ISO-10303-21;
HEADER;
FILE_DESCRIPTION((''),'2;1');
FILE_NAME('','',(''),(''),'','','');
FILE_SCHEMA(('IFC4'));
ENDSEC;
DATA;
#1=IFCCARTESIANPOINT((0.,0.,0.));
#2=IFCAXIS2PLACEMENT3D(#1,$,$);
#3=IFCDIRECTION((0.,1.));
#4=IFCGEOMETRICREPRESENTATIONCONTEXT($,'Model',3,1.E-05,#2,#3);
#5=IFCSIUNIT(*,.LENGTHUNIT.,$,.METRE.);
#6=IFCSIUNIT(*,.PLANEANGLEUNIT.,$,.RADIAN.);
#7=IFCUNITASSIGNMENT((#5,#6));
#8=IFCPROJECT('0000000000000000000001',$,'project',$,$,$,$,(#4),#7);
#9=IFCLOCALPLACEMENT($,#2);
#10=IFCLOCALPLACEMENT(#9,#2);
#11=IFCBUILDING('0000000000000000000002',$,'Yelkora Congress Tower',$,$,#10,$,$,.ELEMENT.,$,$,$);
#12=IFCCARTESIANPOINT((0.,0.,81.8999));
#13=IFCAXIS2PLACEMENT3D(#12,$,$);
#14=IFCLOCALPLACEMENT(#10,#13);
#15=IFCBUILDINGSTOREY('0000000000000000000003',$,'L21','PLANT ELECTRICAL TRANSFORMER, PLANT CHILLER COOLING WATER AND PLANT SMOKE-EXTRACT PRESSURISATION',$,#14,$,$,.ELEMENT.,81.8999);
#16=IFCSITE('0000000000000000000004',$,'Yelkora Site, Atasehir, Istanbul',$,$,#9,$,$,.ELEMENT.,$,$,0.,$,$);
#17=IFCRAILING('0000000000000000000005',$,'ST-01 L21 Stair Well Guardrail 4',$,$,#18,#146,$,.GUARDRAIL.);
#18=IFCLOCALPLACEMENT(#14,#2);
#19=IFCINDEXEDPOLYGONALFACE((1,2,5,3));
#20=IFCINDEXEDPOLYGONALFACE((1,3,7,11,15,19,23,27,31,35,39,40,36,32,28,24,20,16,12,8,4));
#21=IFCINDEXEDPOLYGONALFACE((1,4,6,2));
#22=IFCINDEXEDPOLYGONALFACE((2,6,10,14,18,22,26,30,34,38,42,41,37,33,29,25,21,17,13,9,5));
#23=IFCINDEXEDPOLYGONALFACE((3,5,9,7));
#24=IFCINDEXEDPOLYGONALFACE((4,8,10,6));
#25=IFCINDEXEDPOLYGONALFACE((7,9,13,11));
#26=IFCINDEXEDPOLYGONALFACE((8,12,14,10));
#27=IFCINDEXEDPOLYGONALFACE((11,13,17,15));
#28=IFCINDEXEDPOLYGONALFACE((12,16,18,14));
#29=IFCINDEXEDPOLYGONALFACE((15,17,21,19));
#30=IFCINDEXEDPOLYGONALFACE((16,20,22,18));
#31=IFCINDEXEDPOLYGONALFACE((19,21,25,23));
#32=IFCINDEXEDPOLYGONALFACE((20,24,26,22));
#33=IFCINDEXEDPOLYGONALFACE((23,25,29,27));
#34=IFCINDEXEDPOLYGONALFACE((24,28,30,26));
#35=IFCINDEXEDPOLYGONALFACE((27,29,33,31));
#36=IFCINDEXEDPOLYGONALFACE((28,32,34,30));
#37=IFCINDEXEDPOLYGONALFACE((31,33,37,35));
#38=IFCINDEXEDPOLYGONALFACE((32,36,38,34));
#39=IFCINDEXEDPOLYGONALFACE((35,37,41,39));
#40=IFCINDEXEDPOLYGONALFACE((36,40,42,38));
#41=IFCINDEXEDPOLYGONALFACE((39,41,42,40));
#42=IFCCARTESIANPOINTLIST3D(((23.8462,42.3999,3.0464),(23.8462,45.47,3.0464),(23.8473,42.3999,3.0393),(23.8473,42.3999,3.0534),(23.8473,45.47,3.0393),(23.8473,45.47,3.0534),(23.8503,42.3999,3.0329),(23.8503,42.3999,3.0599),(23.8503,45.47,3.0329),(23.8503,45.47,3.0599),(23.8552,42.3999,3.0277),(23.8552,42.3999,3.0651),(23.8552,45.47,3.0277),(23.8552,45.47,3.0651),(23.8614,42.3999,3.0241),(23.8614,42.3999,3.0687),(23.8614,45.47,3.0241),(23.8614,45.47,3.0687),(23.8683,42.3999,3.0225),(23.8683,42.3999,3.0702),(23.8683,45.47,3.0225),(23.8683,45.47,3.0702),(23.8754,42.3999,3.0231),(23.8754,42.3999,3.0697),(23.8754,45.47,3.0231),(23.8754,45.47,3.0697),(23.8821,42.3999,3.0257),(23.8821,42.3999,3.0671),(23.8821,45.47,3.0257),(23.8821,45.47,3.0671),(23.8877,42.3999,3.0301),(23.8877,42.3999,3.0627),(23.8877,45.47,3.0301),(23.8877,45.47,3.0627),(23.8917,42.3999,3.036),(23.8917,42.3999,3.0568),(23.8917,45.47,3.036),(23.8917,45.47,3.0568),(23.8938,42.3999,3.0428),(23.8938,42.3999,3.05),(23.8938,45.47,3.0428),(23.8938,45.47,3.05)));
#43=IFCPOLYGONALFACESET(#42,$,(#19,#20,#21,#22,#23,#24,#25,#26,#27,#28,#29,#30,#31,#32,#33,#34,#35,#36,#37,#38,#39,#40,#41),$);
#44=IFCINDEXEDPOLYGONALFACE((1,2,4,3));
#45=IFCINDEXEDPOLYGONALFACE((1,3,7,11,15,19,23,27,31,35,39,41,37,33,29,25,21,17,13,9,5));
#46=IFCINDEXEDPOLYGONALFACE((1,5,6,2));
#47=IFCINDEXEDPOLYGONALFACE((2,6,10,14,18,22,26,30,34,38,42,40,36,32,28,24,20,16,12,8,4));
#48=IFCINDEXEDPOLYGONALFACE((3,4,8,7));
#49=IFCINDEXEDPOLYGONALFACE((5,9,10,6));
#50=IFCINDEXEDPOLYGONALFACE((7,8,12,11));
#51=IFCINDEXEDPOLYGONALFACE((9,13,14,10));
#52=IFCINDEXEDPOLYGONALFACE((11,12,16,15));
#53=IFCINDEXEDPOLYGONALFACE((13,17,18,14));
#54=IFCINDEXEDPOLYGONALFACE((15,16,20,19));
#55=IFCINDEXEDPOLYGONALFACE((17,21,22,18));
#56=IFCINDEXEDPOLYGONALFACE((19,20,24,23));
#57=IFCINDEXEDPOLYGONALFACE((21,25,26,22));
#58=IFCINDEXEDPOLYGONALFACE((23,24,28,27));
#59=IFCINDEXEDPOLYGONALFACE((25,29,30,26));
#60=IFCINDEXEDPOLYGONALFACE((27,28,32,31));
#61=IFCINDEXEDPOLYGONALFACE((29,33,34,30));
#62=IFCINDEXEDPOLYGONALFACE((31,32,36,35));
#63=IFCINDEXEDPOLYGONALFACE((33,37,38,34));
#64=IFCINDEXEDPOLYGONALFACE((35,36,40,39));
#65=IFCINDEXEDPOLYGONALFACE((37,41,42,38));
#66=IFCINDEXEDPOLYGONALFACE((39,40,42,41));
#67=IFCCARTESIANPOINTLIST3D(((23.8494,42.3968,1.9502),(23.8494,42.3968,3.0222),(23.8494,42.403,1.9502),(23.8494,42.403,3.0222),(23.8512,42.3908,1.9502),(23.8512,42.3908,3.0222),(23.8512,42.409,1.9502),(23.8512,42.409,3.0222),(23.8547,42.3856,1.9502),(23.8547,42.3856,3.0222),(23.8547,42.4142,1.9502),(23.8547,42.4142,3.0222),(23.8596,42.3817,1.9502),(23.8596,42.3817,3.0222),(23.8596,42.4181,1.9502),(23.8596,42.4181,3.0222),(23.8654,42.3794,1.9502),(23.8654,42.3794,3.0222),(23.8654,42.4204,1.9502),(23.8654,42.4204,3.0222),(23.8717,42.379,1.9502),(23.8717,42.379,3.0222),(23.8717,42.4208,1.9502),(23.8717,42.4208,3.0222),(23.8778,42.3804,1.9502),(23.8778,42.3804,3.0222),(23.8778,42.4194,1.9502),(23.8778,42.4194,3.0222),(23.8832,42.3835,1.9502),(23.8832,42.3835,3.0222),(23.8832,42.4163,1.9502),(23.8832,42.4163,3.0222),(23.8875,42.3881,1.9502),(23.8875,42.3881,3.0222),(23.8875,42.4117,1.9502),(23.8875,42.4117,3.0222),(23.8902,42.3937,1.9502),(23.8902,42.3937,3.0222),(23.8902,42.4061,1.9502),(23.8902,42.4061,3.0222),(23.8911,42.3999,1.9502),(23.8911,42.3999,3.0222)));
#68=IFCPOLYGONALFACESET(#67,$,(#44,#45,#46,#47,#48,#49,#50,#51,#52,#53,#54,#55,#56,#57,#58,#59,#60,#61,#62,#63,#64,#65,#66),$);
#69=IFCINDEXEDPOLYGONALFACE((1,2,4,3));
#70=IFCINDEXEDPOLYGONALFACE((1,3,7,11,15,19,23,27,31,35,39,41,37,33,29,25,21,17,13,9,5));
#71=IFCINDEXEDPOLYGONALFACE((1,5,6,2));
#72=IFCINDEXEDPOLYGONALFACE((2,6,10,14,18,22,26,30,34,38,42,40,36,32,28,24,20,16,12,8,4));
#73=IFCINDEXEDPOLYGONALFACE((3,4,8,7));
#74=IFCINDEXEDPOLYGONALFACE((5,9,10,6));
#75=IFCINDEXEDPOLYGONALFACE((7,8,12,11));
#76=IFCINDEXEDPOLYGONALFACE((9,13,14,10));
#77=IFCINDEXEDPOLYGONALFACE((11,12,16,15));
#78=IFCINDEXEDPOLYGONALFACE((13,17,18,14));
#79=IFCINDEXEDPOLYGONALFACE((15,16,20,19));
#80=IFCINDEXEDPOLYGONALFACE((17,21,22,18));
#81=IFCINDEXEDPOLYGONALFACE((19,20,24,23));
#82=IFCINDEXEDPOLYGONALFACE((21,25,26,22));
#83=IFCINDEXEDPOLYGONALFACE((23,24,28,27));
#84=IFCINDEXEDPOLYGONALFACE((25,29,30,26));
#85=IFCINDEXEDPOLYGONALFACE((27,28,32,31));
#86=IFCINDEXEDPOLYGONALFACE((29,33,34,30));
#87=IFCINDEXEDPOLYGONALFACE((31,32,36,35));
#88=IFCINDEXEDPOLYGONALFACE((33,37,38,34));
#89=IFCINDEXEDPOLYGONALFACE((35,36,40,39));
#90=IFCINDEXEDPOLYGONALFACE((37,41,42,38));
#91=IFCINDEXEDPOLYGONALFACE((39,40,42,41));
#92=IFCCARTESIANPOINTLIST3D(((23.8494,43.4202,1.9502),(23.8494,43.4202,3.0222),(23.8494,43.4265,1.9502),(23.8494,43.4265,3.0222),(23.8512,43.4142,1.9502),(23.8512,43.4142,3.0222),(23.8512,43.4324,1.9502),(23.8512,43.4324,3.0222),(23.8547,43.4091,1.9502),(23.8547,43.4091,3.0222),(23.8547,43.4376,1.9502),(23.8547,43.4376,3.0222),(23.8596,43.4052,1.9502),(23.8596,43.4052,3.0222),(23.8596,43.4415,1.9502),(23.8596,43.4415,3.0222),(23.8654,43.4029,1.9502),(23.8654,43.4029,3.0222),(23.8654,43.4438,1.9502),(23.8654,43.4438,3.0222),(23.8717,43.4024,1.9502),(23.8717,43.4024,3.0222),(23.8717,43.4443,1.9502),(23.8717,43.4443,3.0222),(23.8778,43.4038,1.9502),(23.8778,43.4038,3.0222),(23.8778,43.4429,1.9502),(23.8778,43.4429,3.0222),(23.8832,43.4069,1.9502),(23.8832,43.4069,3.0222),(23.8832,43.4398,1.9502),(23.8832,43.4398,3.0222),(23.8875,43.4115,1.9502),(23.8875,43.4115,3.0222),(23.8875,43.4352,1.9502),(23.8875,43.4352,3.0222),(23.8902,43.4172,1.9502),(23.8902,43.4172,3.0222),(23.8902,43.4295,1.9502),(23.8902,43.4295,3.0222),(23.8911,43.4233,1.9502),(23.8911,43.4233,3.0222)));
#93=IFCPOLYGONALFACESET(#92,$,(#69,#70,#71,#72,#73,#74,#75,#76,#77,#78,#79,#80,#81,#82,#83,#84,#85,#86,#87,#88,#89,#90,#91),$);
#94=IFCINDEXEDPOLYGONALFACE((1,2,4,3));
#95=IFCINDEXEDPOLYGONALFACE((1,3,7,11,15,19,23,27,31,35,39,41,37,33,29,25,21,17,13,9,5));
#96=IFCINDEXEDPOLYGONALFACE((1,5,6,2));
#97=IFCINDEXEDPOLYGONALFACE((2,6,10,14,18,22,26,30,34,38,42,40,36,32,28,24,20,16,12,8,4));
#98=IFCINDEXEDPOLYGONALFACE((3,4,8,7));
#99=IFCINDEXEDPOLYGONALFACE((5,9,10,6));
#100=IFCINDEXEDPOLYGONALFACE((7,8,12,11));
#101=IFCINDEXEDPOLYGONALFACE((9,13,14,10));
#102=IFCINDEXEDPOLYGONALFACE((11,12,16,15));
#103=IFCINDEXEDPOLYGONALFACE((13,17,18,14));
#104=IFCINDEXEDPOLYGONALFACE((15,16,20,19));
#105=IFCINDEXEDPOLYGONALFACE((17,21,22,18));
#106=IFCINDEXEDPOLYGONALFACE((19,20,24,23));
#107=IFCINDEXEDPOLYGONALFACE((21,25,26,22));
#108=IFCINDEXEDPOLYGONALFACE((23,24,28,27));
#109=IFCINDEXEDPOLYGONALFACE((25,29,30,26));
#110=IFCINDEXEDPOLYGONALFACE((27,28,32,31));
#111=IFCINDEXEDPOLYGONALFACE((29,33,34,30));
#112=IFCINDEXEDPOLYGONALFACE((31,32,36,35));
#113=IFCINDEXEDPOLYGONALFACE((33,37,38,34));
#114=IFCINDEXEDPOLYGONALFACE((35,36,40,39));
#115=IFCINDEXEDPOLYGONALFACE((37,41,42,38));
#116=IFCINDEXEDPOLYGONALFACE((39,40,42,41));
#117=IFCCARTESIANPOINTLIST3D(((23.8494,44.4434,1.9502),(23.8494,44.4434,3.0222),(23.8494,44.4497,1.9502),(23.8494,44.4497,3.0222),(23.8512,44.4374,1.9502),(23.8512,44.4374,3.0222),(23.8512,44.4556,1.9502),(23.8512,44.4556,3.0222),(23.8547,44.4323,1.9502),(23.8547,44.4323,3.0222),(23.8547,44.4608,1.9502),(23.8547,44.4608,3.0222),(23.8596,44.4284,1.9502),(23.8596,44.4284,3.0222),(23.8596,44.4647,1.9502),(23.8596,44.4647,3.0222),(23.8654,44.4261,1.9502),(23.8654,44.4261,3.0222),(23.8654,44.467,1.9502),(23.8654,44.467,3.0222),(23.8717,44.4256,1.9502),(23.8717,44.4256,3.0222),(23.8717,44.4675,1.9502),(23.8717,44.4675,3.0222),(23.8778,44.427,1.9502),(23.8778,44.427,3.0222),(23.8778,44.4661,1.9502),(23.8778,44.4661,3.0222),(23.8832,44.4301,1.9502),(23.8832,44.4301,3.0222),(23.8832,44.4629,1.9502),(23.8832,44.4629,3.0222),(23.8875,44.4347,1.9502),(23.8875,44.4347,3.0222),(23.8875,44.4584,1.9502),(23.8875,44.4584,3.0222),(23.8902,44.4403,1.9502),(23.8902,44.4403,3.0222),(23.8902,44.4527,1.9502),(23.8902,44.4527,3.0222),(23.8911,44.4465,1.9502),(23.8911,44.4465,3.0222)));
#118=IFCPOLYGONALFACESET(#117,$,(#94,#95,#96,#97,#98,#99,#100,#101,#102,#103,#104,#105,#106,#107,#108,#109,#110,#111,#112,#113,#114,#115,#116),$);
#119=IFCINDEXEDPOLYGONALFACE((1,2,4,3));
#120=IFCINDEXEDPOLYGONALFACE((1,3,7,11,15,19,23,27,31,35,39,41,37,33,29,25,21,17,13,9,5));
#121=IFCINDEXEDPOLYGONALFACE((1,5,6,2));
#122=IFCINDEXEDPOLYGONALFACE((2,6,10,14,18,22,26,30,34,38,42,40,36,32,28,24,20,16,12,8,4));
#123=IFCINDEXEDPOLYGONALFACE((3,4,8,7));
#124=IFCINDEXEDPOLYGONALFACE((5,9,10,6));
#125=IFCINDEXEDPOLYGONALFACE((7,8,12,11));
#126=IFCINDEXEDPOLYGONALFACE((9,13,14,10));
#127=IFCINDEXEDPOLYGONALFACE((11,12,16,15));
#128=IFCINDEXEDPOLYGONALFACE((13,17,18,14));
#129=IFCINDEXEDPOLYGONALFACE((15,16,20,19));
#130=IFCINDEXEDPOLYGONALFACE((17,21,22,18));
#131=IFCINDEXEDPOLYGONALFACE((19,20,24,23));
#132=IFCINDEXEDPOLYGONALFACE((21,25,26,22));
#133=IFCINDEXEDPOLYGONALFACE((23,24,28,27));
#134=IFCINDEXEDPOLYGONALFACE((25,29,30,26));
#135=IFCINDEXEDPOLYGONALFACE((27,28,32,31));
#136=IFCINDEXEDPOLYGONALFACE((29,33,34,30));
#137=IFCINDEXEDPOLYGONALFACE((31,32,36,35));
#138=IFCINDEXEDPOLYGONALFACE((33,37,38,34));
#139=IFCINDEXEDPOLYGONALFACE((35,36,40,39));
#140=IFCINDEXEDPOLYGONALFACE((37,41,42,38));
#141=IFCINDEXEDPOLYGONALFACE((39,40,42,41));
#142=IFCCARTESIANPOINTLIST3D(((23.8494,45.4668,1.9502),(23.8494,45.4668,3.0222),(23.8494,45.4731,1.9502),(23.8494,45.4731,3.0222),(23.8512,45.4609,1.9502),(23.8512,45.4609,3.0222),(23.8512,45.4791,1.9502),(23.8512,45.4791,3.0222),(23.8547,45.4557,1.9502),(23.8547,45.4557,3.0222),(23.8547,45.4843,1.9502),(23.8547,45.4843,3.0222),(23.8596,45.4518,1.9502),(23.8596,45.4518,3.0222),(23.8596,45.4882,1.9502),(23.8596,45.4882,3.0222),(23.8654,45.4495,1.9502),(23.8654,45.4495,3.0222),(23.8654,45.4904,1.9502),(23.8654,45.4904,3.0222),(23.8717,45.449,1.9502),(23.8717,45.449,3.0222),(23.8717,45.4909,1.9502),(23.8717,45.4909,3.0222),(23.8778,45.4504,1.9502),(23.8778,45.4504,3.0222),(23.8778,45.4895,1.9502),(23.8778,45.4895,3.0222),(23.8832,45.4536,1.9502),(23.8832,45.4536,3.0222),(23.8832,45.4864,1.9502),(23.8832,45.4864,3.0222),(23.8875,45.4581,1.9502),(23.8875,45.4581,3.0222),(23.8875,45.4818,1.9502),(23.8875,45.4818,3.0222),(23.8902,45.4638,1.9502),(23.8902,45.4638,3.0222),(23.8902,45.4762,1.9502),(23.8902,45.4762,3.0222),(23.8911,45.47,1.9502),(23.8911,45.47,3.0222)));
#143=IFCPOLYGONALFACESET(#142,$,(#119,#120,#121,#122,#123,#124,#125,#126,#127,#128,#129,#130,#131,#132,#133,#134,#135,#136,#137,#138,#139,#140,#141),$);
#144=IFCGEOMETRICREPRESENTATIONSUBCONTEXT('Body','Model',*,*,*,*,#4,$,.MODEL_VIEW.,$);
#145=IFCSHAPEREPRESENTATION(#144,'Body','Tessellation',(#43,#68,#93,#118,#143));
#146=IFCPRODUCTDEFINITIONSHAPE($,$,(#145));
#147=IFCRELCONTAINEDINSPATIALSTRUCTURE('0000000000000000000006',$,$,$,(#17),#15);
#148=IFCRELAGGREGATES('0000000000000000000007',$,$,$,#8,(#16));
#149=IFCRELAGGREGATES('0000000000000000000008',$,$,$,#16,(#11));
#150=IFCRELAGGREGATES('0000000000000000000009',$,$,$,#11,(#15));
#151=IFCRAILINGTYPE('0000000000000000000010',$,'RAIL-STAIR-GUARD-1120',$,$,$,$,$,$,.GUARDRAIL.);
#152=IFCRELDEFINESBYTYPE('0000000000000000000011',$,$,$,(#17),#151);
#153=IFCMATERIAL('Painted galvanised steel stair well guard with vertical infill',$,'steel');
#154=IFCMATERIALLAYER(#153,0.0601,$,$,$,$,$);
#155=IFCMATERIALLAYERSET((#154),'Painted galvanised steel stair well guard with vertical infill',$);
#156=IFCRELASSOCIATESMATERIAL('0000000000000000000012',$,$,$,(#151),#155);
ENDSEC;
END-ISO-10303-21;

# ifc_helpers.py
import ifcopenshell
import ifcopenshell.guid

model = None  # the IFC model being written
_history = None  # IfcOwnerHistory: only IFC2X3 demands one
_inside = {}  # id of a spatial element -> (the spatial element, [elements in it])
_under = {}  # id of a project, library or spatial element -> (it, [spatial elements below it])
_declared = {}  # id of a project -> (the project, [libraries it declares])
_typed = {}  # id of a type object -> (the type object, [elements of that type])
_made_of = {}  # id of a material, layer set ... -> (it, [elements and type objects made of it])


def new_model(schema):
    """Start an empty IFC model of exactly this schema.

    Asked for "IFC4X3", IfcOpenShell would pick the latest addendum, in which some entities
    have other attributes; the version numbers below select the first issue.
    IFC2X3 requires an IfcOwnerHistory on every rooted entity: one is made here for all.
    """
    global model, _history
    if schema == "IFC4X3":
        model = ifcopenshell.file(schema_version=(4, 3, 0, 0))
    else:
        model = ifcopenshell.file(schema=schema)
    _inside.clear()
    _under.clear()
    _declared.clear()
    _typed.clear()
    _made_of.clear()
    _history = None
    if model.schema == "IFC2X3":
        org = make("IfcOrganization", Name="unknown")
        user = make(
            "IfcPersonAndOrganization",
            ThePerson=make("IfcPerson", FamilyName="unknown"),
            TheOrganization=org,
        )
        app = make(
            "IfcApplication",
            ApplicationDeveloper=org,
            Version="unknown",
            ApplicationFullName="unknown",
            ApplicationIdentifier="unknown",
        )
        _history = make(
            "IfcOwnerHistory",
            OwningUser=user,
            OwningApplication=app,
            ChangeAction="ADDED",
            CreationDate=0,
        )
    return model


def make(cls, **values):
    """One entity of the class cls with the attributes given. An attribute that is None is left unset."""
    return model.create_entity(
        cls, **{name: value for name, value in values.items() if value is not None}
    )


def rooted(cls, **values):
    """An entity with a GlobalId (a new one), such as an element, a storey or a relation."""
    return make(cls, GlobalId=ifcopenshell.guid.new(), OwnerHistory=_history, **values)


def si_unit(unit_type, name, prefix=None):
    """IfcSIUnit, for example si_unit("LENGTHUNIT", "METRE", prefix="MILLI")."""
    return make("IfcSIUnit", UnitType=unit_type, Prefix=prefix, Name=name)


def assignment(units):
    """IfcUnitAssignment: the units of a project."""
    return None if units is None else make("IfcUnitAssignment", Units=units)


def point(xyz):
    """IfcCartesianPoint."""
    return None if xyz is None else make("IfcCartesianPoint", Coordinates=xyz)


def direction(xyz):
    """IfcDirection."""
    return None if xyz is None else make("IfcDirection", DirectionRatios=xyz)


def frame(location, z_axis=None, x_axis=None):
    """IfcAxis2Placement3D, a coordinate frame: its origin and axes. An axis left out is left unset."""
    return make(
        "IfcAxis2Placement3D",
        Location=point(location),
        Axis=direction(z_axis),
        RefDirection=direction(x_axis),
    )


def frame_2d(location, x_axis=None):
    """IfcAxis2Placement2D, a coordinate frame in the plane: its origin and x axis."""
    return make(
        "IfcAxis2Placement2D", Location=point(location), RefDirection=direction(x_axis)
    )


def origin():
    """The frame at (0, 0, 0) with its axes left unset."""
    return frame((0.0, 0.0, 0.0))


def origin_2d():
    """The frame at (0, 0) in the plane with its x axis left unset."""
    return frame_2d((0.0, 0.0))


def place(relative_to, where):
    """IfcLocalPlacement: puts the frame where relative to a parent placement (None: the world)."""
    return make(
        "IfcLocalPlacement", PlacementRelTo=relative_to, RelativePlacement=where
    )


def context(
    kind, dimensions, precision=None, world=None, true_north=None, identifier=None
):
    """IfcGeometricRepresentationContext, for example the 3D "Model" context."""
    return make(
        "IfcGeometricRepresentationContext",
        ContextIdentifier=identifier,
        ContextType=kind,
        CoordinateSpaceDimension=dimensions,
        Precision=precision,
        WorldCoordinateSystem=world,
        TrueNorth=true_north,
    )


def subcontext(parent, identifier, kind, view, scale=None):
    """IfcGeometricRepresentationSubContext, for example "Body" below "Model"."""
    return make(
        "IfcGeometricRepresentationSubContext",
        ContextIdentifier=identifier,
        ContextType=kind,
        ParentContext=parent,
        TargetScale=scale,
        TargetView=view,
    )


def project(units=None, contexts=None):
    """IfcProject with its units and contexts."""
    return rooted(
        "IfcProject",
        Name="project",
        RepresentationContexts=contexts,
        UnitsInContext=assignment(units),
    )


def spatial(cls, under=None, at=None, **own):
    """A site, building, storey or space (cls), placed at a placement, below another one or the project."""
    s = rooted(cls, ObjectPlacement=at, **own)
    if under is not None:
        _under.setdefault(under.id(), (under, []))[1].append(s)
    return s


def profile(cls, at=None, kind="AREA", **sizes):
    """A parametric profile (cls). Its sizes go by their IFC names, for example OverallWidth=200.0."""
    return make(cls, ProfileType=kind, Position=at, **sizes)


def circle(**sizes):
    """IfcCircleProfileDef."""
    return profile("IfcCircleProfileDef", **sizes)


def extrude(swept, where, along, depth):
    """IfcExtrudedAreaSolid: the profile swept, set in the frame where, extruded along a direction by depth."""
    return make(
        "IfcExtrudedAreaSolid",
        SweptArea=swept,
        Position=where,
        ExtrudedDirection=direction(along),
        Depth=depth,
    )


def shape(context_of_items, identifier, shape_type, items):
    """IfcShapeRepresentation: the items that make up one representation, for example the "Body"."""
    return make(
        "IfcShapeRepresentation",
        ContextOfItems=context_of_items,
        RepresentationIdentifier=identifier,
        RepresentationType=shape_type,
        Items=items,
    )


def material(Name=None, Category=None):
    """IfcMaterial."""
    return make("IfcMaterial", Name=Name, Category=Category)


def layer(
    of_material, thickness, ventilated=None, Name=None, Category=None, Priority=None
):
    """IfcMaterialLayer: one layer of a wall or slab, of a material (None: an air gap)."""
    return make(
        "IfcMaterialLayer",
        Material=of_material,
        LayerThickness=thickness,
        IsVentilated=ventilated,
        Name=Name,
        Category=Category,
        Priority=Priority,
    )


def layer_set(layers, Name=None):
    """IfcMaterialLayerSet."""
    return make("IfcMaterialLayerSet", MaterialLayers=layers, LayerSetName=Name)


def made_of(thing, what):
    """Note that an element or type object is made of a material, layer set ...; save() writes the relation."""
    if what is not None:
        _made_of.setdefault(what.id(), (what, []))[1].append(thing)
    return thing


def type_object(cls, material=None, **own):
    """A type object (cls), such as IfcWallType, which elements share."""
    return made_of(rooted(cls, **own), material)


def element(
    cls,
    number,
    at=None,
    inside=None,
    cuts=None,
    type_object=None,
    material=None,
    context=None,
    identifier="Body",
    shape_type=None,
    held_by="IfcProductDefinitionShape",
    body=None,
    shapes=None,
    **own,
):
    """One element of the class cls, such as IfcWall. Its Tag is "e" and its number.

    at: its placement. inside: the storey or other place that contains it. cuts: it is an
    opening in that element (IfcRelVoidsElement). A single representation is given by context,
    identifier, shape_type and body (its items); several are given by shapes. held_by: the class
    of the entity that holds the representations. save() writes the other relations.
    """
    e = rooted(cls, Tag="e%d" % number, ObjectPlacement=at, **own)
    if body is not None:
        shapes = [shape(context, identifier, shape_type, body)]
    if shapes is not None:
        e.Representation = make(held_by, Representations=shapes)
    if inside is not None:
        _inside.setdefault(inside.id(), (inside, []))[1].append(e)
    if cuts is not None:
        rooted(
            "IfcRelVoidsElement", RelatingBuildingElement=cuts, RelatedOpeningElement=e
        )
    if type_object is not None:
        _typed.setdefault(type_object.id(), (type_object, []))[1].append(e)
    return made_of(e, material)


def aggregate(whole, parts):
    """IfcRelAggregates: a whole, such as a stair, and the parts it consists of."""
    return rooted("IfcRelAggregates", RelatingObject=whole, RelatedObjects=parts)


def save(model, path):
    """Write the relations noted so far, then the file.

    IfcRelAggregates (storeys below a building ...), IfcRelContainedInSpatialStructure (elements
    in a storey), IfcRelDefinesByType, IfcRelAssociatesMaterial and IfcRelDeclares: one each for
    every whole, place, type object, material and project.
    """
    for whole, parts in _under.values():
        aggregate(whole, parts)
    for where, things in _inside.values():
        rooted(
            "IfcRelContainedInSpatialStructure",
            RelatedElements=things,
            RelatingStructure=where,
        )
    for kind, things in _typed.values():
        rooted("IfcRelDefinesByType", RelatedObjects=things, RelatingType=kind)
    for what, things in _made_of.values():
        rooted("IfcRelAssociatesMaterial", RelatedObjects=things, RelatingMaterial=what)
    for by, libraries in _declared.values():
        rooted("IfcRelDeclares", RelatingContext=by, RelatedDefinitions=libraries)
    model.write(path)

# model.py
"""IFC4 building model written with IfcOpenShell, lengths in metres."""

from ifc_helpers import new_model, si_unit, direction, frame, origin, origin_2d, place, context, subcontext, project, spatial, circle, extrude, material, layer, layer_set, type_object, element, save


model = new_model("IFC4")

# Units and contexts
model_context = context("Model", 3, precision=1e-05, world=origin(), true_north=direction((0.0, 1.0)))
body_context = subcontext(model_context, "Body", "Model", "MODEL_VIEW")
ifc_project = project(units=[si_unit("LENGTHUNIT", "METRE"), si_unit("PLANEANGLEUNIT", "RADIAN")], contexts=[model_context])

# Site, building, storey
site_placement = place(None, origin())
site = spatial("IfcSite", under=ifc_project, at=site_placement, Name="Yelkora Site, Atasehir, Istanbul", CompositionType="ELEMENT", RefElevation=0.0)
building_placement = place(site_placement, origin())
building = spatial("IfcBuilding", under=site, at=building_placement, Name="Yelkora Congress Tower", CompositionType="ELEMENT")
storey_placement = place(building_placement, frame((0.0, 0.0, 81.8999)))
storey = spatial("IfcBuildingStorey", under=building, at=storey_placement, Name="L21", Description="PLANT ELECTRICAL TRANSFORMER, PLANT CHILLER COOLING WATER AND PLANT SMOKE-EXTRACT PRESSURISATION", CompositionType="ELEMENT", Elevation=81.8999)

# Railing
ifc_material_1 = material(Name="Painted galvanised steel stair well guard with vertical infill", Category="steel")
ifc_layer_1 = layer(ifc_material_1, 0.0601)
ifc_layer_set_1 = layer_set([ifc_layer_1], Name="Painted galvanised steel stair well guard with vertical infill")
railing_type_1 = type_object("IfcRailingType", Name="RAIL-STAIR-GUARD-1120", PredefinedType="GUARDRAIL", material=ifc_layer_set_1)
railing_1_placement = place(storey_placement, frame((23.8701, 42.3999, 1.9502)))
element("IfcRailing", 1, at=railing_1_placement, inside=storey, type_object=railing_type_1, Name="ST-01 L21 Stair Well Guardrail 4", PredefinedType="GUARDRAIL", context=body_context, shape_type="SweptSolid", body=[
    extrude(circle(Radius=0.0239, at=origin_2d()), frame((0.0, 0.0, 1.0962), z_axis=(0.0, 1.0, 0.0), x_axis=(-1.0, 0.0, 0.0)), (0.0, 0.0, 1.0), 3.0701),
    extrude(circle(Radius=0.021, at=origin_2d()), origin(), (0.0, 0.0, 1.0), 1.072),
    extrude(circle(Radius=0.021, at=origin_2d()), frame((0.0, 1.0234, 0.0)), (0.0, 0.0, 1.0), 1.072),
    extrude(circle(Radius=0.021, at=origin_2d()), frame((0.0, 2.0466, 0.0)), (0.0, 0.0, 1.0), 1.072),
    extrude(circle(Radius=0.021, at=origin_2d()), frame((0.0, 3.0701, 0.0)), (0.0, 0.0, 1.0), 1.072),
])

save(model, "model.ifc")
